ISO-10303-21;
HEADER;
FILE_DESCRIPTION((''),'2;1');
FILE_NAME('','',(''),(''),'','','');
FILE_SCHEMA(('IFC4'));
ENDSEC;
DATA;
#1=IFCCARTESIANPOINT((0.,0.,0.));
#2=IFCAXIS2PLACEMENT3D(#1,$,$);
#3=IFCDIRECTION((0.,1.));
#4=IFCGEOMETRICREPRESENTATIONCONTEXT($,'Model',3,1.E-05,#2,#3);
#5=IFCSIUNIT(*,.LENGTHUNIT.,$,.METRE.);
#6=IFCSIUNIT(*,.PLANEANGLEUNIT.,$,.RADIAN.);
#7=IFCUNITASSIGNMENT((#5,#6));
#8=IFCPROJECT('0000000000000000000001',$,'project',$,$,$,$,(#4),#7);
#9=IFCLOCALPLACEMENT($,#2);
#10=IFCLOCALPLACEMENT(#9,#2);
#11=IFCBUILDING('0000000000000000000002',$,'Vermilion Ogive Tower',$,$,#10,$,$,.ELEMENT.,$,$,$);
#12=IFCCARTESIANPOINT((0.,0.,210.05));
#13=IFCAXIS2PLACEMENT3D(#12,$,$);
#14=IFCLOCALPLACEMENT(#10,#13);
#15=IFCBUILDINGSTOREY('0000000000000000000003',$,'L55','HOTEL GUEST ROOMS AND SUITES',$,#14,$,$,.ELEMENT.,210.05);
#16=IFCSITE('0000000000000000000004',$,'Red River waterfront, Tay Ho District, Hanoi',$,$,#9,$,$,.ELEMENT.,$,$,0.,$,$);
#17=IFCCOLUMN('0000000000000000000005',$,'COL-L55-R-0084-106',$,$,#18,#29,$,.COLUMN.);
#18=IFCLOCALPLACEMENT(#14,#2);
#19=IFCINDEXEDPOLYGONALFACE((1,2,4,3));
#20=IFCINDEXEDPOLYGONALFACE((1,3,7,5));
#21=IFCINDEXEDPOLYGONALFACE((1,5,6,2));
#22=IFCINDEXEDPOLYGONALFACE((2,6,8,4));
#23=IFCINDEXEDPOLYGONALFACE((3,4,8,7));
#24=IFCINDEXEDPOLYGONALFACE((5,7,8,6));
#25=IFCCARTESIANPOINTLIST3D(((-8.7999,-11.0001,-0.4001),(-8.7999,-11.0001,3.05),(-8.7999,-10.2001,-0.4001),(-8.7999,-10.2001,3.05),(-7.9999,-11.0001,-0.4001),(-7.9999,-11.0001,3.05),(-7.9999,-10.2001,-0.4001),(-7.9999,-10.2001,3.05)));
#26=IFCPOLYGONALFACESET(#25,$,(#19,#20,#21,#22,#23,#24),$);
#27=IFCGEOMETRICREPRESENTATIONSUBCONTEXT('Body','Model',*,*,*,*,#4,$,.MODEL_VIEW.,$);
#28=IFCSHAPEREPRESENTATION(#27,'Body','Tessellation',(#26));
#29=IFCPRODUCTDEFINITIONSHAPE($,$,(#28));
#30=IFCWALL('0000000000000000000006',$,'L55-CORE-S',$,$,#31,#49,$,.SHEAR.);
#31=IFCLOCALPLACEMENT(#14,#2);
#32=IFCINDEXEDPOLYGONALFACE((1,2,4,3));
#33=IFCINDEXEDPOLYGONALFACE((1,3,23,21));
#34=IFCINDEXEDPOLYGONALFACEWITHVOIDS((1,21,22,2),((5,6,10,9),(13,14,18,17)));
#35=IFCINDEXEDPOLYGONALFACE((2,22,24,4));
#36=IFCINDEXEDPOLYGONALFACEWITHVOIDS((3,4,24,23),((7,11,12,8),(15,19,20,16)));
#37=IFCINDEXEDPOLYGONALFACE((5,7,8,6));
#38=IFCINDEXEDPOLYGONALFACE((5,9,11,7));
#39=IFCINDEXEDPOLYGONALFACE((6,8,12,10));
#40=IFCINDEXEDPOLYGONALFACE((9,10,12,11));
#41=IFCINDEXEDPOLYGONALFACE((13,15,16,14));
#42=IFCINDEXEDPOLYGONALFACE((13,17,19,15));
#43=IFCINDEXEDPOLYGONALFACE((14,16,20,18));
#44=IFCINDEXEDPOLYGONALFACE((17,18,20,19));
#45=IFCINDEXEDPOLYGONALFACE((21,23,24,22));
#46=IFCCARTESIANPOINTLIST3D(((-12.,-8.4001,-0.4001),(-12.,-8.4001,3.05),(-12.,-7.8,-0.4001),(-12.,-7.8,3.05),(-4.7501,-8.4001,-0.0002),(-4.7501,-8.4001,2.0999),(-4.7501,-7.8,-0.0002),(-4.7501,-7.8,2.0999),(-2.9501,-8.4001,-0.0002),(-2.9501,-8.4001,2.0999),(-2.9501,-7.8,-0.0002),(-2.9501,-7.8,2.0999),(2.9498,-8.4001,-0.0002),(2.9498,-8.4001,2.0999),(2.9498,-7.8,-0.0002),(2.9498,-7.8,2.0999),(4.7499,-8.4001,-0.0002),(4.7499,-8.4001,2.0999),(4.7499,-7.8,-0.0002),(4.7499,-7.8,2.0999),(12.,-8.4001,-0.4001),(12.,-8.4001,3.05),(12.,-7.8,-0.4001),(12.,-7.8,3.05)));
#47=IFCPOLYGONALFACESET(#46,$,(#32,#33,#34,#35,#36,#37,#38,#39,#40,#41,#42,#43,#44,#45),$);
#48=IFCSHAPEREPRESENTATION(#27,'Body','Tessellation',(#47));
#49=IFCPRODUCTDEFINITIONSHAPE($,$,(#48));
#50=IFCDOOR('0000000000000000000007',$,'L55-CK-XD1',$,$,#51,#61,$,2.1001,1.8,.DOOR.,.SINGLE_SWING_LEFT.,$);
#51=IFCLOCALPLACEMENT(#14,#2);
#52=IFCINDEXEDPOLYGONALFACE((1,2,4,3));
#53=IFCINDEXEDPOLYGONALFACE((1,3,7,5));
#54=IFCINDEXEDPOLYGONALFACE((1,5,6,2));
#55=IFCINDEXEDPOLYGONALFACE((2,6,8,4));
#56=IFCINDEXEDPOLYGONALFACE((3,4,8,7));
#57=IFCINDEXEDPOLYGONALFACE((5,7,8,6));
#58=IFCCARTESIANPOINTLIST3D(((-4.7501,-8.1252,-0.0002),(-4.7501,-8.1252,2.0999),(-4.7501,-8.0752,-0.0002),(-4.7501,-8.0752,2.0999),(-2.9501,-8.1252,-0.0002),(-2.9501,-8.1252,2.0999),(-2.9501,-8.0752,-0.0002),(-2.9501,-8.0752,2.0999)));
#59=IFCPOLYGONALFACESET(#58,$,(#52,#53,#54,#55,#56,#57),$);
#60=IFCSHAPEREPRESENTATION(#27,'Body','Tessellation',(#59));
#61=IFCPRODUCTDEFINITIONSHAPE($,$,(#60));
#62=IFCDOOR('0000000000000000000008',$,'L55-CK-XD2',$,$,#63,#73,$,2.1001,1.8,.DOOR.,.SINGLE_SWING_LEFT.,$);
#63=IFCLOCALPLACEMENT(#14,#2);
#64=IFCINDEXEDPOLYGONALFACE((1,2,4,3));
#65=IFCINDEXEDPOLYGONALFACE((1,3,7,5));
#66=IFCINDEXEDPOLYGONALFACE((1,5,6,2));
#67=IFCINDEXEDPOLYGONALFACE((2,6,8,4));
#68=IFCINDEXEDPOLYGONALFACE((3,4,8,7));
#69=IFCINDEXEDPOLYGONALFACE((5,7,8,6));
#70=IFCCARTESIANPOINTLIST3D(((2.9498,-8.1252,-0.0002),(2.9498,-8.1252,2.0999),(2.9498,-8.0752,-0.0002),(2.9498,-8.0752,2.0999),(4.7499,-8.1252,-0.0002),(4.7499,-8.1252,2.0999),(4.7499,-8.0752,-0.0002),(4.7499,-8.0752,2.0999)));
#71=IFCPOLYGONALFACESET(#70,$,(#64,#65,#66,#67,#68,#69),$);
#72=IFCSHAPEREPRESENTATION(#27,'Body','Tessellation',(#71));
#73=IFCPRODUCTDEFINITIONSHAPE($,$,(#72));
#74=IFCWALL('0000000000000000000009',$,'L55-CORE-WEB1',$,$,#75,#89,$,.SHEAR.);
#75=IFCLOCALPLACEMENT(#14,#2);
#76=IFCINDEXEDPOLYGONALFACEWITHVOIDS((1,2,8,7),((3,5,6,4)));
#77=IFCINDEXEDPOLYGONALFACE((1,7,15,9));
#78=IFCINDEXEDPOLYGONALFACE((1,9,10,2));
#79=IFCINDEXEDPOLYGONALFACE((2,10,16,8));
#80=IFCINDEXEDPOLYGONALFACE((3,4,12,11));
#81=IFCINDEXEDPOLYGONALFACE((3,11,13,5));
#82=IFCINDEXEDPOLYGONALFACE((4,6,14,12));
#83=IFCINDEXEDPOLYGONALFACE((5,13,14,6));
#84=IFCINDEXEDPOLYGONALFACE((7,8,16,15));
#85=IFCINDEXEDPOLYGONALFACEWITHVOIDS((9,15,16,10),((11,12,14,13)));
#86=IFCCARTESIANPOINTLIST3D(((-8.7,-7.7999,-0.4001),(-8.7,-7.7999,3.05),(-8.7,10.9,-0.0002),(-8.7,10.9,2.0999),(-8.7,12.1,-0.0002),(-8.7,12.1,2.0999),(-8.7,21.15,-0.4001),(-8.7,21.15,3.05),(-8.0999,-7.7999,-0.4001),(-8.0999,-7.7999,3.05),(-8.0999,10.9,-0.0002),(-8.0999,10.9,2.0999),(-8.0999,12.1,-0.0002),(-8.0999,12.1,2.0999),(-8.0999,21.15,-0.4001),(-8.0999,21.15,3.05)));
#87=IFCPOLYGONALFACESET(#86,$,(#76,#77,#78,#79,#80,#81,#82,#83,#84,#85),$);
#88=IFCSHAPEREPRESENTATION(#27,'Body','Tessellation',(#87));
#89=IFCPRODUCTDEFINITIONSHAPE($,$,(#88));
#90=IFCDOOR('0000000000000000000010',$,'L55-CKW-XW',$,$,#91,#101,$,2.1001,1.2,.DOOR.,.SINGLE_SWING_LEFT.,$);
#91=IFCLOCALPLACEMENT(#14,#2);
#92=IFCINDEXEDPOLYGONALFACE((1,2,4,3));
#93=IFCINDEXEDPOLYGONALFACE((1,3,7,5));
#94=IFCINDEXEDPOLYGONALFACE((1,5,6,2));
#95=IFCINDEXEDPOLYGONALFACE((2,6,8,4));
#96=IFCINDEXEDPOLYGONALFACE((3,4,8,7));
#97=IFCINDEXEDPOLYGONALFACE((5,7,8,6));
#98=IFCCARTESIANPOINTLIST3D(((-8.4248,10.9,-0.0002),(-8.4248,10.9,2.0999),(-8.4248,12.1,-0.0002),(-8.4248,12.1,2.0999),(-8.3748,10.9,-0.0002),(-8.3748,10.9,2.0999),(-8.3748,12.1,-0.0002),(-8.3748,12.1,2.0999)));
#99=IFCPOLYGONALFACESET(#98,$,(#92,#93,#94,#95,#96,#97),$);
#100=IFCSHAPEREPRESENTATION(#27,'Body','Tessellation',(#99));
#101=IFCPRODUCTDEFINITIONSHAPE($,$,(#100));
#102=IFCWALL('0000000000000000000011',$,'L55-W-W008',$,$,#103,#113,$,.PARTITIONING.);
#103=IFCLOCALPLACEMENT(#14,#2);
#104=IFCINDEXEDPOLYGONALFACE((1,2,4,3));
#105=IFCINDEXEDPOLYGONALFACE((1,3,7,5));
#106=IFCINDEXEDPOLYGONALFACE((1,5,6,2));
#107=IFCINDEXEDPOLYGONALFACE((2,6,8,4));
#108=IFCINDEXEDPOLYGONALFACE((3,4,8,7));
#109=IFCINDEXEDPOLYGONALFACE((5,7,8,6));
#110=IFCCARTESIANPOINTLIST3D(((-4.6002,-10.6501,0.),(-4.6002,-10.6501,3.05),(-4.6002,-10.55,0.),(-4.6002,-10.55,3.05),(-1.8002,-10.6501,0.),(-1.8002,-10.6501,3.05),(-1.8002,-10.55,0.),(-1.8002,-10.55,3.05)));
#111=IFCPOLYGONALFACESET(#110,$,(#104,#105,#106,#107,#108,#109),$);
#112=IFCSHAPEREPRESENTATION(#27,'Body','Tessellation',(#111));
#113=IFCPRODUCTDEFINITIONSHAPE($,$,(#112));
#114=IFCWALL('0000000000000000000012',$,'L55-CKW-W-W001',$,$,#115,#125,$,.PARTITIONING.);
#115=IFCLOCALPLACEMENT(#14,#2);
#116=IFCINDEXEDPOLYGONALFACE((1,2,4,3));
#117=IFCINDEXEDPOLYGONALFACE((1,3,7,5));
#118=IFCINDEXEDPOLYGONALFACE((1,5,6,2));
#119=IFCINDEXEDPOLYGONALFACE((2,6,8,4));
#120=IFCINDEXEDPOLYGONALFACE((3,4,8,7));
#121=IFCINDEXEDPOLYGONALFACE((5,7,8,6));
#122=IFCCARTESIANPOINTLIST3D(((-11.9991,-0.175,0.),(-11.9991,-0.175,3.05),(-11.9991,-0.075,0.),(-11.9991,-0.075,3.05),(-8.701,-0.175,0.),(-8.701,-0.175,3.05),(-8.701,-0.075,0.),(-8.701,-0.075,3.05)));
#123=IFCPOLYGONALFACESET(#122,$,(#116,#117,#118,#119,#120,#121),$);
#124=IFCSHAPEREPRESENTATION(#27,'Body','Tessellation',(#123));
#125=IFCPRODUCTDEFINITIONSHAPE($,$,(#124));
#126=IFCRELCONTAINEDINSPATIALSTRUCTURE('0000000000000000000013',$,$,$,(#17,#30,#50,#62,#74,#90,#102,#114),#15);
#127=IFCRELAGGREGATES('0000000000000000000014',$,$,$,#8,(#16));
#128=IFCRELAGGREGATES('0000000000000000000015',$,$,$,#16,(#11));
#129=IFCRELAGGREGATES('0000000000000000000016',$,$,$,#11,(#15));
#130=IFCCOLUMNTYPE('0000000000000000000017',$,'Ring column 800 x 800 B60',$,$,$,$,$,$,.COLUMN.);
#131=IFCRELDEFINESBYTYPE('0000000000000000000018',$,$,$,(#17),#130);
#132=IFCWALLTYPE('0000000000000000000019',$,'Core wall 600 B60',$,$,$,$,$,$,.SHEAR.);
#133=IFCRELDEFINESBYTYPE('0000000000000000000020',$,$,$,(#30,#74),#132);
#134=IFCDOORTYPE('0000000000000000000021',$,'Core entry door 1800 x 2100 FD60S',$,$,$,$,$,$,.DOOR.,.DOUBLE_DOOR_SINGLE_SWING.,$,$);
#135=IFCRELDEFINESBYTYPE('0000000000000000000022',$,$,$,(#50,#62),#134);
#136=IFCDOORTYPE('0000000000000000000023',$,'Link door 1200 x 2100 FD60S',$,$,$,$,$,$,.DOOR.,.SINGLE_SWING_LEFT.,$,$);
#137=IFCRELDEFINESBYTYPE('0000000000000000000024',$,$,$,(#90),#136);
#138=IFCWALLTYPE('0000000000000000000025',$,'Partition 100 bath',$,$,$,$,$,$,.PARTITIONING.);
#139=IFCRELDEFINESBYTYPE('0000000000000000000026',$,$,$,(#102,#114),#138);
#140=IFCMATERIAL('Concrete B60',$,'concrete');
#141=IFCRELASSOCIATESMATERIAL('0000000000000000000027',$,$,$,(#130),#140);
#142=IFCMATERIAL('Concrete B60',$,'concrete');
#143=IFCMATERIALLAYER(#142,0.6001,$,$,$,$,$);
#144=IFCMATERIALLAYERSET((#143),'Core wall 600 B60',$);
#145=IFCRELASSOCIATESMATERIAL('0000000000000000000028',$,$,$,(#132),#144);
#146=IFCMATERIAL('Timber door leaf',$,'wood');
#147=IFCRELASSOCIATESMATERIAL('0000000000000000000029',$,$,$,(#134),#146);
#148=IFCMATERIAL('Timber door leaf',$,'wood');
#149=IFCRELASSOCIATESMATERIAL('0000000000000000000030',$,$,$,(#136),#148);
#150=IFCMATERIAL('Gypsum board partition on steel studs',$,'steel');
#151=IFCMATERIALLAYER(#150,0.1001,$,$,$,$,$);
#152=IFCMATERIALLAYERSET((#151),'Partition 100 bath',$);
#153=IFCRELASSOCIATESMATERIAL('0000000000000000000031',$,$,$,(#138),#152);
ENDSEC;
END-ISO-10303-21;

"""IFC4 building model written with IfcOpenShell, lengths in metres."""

from ifc_helpers import new_model, si_unit, direction, frame, frame_2d, origin, origin_2d, place, context, subcontext, project, spatial, rectangle, extrude, material, layer, layer_set, material_profile, profile_set, type_object, element, fill, save


model = new_model("IFC4")

# Units and contexts
model_context = context("Model", 3, precision=1e-05, world=origin(), true_north=direction((0.0, 1.0)))
body_context = subcontext(model_context, "Body", "Model", "MODEL_VIEW")
ifc_project = project(units=[si_unit("LENGTHUNIT", "METRE"), si_unit("PLANEANGLEUNIT", "RADIAN")], contexts=[model_context])

# Site, building, storey
site_placement = place(None, origin())
site = spatial("IfcSite", under=ifc_project, at=site_placement, Name="Red River waterfront, Tay Ho District, Hanoi", CompositionType="ELEMENT", RefElevation=0.0)
building_placement = place(site_placement, origin())
building = spatial("IfcBuilding", under=site, at=building_placement, Name="Vermilion Ogive Tower", CompositionType="ELEMENT")
storey_placement = place(building_placement, frame((0.0, 0.0, 210.05)))
storey = spatial("IfcBuildingStorey", under=building, at=storey_placement, Name="L55", Description="HOTEL GUEST ROOMS AND SUITES", CompositionType="ELEMENT", Elevation=210.05)

# Column
ifc_material_1 = material(Name="Concrete B60", Category="concrete")
ifc_material_profile = material_profile(ifc_material_1, rectangle(XDim=0.8, YDim=0.8, at=origin_2d()), Name="800 x 800")
ifc_profile_set = profile_set([ifc_material_profile], Name="Concrete B60")
column_type = type_object("IfcColumnType", Name="Ring column 800 x 800 B60", PredefinedType="COLUMN", material=ifc_profile_set)
column_placement = place(storey_placement, frame((-8.3999, -10.6001, -0.4001), z_axis=(0.0, 0.0, 1.0), x_axis=(1.0, 0.0, 0.0)))
element("IfcColumn", 1, at=column_placement, inside=storey, type_object=column_type, Name="COL-L55-R-0084-106", PredefinedType="COLUMN", context=body_context, shape_type="SweptSolid", body=[
    extrude(rectangle(XDim=0.8, YDim=0.8, at=origin_2d()), origin(), (0.0, 0.0, 1.0), 3.4502),
])

# Wall, openings, doors
ifc_material_2 = material(Name="Concrete B60", Category="concrete")
ifc_layer_1 = layer(ifc_material_2, 0.6001)
ifc_layer_set_1 = layer_set([ifc_layer_1], Name="Core wall 600 B60")
wall_type_1 = type_object("IfcWallType", Name="Core wall 600 B60", PredefinedType="SHEAR", material=ifc_layer_set_1)
wall_1_placement = place(storey_placement, frame((-12.0, -8.1001, -0.4001), z_axis=(0.0, 0.0, 1.0), x_axis=(1.0, 0.0, 0.0)))
wall_1 = element("IfcWall", 2, at=wall_1_placement, inside=storey, type_object=wall_type_1, Name="L55-CORE-S", PredefinedType="SHEAR", context=body_context, shape_type="SweptSolid", body=[
    extrude(rectangle(XDim=24.0, YDim=0.6001, at=frame_2d((12.0, 0.0))), origin(), (0.0, 0.0, 1.0), 3.4502),
])
opening_1_placement = place(wall_1_placement, frame((7.25, 0.0, 0.3999)))
opening_1 = element("IfcOpeningElement", 3, at=opening_1_placement, cuts=wall_1, PredefinedType="OPENING", context=body_context, shape_type="SweptSolid", body=[
    extrude(rectangle(XDim=1.8, YDim=2.1001, at=frame_2d((0.8999, 1.05))), frame((0.0, 0.3101, 0.0), z_axis=(0.0, -1.0, 0.0), x_axis=(1.0, 0.0, 0.0)), (0.0, 0.0, 1.0), 0.6201),
])
opening_2_placement = place(wall_1_placement, frame((14.95, 0.0, 0.3999)))
opening_2 = element("IfcOpeningElement", 4, at=opening_2_placement, cuts=wall_1, PredefinedType="OPENING", context=body_context, shape_type="SweptSolid", body=[
    extrude(rectangle(XDim=1.8, YDim=2.1001, at=frame_2d((0.8999, 1.05))), frame((0.0, 0.3101, 0.0), z_axis=(0.0, -1.0, 0.0), x_axis=(1.0, 0.0, 0.0)), (0.0, 0.0, 1.0), 0.6201),
])
ifc_material_3 = material(Name="Timber door leaf", Category="wood")
door_type_1 = type_object("IfcDoorType", Name="Core entry door 1800 x 2100 FD60S", OperationType="DOUBLE_DOOR_SINGLE_SWING", PredefinedType="DOOR", material=ifc_material_3)
door_1_placement = place(opening_1_placement, origin())
door_1 = element("IfcDoor", 5, at=door_1_placement, inside=storey, type_object=door_type_1, Name="L55-CK-XD1", OperationType="SINGLE_SWING_LEFT", OverallHeight=2.1001, OverallWidth=1.8, PredefinedType="DOOR", context=body_context, shape_type="SweptSolid", body=[
    extrude(rectangle(XDim=1.8, YDim=2.1001, at=frame_2d((0.8999, 1.05))), frame((0.0, 0.0249, 0.0), z_axis=(0.0, -1.0, 0.0), x_axis=(1.0, 0.0, 0.0)), (0.0, 0.0, 1.0), 0.05),
])
fill(opening_1, door_1)
door_2_placement = place(opening_2_placement, origin())
door_2 = element("IfcDoor", 6, at=door_2_placement, inside=storey, type_object=door_type_1, Name="L55-CK-XD2", OperationType="SINGLE_SWING_LEFT", OverallHeight=2.1001, OverallWidth=1.8, PredefinedType="DOOR", context=body_context, shape_type="SweptSolid", body=[
    extrude(rectangle(XDim=1.8, YDim=2.1001, at=frame_2d((0.8999, 1.05))), frame((0.0, 0.0249, 0.0), z_axis=(0.0, -1.0, 0.0), x_axis=(1.0, 0.0, 0.0)), (0.0, 0.0, 1.0), 0.05),
])
fill(opening_2, door_2)

# Wall, opening, door
wall_2_placement = place(storey_placement, frame((-8.3999, -7.8, -0.4001), z_axis=(0.0, 0.0, 1.0), x_axis=(0.0, 1.0, 0.0)))
wall_2 = element("IfcWall", 7, at=wall_2_placement, inside=storey, type_object=wall_type_1, Name="L55-CORE-WEB1", PredefinedType="SHEAR", context=body_context, shape_type="SweptSolid", body=[
    extrude(rectangle(XDim=28.95, YDim=0.6001, at=frame_2d((14.4751, 0.0))), origin(), (0.0, 0.0, 1.0), 3.4502),
])
opening_3_placement = place(wall_2_placement, frame((18.7, 0.0, 0.3999)))
opening_3 = element("IfcOpeningElement", 8, at=opening_3_placement, cuts=wall_2, PredefinedType="OPENING", context=body_context, shape_type="SweptSolid", body=[
    extrude(rectangle(XDim=1.2, YDim=2.1001, at=frame_2d((0.6001, 1.05))), frame((0.0, 0.3101, 0.0), z_axis=(0.0, -1.0, 0.0), x_axis=(1.0, 0.0, 0.0)), (0.0, 0.0, 1.0), 0.6201),
])
ifc_material_4 = material(Name="Timber door leaf", Category="wood")
door_type_2 = type_object("IfcDoorType", Name="Link door 1200 x 2100 FD60S", OperationType="SINGLE_SWING_LEFT", PredefinedType="DOOR", material=ifc_material_4)
door_3_placement = place(opening_3_placement, origin())
door_3 = element("IfcDoor", 9, at=door_3_placement, inside=storey, type_object=door_type_2, Name="L55-CKW-XW", OperationType="SINGLE_SWING_LEFT", OverallHeight=2.1001, OverallWidth=1.2, PredefinedType="DOOR", context=body_context, shape_type="SweptSolid", body=[
    extrude(rectangle(XDim=1.2, YDim=2.1001, at=frame_2d((0.6001, 1.05))), frame((0.0, 0.0249, 0.0), z_axis=(0.0, -1.0, 0.0), x_axis=(1.0, 0.0, 0.0)), (0.0, 0.0, 1.0), 0.05),
])
fill(opening_3, door_3)

# Walls
ifc_material_5 = material(Name="Gypsum board partition on steel studs", Category="steel")
ifc_layer_2 = layer(ifc_material_5, 0.1001)
ifc_layer_set_2 = layer_set([ifc_layer_2], Name="Partition 100 bath")
wall_type_2 = type_object("IfcWallType", Name="Partition 100 bath", PredefinedType="PARTITIONING", material=ifc_layer_set_2)
wall_3_placement = place(storey_placement, frame((-4.6001, -10.6001, 0.0), z_axis=(0.0, 0.0, 1.0), x_axis=(1.0, 0.0, 0.0)))
element("IfcWall", 10, at=wall_3_placement, inside=storey, type_object=wall_type_2, Name="L55-W-W008", PredefinedType="PARTITIONING", context=body_context, shape_type="SweptSolid", body=[
    extrude(rectangle(XDim=2.8, YDim=0.1001, at=frame_2d((1.3999, 0.0))), origin(), (0.0, 0.0, 1.0), 3.05),
])
wall_4_placement = place(storey_placement, frame((-11.999, -0.125, 0.0), z_axis=(0.0, 0.0, 1.0), x_axis=(1.0, 0.0, 0.0)))
element("IfcWall", 11, at=wall_4_placement, inside=storey, type_object=wall_type_2, Name="L55-CKW-W-W001", PredefinedType="PARTITIONING", context=body_context, shape_type="SweptSolid", body=[
    extrude(rectangle(XDim=3.2981, YDim=0.1001, at=frame_2d((1.6489, 0.0))), origin(), (0.0, 0.0, 1.0), 3.05),
])

save(model, "model.ifc")
